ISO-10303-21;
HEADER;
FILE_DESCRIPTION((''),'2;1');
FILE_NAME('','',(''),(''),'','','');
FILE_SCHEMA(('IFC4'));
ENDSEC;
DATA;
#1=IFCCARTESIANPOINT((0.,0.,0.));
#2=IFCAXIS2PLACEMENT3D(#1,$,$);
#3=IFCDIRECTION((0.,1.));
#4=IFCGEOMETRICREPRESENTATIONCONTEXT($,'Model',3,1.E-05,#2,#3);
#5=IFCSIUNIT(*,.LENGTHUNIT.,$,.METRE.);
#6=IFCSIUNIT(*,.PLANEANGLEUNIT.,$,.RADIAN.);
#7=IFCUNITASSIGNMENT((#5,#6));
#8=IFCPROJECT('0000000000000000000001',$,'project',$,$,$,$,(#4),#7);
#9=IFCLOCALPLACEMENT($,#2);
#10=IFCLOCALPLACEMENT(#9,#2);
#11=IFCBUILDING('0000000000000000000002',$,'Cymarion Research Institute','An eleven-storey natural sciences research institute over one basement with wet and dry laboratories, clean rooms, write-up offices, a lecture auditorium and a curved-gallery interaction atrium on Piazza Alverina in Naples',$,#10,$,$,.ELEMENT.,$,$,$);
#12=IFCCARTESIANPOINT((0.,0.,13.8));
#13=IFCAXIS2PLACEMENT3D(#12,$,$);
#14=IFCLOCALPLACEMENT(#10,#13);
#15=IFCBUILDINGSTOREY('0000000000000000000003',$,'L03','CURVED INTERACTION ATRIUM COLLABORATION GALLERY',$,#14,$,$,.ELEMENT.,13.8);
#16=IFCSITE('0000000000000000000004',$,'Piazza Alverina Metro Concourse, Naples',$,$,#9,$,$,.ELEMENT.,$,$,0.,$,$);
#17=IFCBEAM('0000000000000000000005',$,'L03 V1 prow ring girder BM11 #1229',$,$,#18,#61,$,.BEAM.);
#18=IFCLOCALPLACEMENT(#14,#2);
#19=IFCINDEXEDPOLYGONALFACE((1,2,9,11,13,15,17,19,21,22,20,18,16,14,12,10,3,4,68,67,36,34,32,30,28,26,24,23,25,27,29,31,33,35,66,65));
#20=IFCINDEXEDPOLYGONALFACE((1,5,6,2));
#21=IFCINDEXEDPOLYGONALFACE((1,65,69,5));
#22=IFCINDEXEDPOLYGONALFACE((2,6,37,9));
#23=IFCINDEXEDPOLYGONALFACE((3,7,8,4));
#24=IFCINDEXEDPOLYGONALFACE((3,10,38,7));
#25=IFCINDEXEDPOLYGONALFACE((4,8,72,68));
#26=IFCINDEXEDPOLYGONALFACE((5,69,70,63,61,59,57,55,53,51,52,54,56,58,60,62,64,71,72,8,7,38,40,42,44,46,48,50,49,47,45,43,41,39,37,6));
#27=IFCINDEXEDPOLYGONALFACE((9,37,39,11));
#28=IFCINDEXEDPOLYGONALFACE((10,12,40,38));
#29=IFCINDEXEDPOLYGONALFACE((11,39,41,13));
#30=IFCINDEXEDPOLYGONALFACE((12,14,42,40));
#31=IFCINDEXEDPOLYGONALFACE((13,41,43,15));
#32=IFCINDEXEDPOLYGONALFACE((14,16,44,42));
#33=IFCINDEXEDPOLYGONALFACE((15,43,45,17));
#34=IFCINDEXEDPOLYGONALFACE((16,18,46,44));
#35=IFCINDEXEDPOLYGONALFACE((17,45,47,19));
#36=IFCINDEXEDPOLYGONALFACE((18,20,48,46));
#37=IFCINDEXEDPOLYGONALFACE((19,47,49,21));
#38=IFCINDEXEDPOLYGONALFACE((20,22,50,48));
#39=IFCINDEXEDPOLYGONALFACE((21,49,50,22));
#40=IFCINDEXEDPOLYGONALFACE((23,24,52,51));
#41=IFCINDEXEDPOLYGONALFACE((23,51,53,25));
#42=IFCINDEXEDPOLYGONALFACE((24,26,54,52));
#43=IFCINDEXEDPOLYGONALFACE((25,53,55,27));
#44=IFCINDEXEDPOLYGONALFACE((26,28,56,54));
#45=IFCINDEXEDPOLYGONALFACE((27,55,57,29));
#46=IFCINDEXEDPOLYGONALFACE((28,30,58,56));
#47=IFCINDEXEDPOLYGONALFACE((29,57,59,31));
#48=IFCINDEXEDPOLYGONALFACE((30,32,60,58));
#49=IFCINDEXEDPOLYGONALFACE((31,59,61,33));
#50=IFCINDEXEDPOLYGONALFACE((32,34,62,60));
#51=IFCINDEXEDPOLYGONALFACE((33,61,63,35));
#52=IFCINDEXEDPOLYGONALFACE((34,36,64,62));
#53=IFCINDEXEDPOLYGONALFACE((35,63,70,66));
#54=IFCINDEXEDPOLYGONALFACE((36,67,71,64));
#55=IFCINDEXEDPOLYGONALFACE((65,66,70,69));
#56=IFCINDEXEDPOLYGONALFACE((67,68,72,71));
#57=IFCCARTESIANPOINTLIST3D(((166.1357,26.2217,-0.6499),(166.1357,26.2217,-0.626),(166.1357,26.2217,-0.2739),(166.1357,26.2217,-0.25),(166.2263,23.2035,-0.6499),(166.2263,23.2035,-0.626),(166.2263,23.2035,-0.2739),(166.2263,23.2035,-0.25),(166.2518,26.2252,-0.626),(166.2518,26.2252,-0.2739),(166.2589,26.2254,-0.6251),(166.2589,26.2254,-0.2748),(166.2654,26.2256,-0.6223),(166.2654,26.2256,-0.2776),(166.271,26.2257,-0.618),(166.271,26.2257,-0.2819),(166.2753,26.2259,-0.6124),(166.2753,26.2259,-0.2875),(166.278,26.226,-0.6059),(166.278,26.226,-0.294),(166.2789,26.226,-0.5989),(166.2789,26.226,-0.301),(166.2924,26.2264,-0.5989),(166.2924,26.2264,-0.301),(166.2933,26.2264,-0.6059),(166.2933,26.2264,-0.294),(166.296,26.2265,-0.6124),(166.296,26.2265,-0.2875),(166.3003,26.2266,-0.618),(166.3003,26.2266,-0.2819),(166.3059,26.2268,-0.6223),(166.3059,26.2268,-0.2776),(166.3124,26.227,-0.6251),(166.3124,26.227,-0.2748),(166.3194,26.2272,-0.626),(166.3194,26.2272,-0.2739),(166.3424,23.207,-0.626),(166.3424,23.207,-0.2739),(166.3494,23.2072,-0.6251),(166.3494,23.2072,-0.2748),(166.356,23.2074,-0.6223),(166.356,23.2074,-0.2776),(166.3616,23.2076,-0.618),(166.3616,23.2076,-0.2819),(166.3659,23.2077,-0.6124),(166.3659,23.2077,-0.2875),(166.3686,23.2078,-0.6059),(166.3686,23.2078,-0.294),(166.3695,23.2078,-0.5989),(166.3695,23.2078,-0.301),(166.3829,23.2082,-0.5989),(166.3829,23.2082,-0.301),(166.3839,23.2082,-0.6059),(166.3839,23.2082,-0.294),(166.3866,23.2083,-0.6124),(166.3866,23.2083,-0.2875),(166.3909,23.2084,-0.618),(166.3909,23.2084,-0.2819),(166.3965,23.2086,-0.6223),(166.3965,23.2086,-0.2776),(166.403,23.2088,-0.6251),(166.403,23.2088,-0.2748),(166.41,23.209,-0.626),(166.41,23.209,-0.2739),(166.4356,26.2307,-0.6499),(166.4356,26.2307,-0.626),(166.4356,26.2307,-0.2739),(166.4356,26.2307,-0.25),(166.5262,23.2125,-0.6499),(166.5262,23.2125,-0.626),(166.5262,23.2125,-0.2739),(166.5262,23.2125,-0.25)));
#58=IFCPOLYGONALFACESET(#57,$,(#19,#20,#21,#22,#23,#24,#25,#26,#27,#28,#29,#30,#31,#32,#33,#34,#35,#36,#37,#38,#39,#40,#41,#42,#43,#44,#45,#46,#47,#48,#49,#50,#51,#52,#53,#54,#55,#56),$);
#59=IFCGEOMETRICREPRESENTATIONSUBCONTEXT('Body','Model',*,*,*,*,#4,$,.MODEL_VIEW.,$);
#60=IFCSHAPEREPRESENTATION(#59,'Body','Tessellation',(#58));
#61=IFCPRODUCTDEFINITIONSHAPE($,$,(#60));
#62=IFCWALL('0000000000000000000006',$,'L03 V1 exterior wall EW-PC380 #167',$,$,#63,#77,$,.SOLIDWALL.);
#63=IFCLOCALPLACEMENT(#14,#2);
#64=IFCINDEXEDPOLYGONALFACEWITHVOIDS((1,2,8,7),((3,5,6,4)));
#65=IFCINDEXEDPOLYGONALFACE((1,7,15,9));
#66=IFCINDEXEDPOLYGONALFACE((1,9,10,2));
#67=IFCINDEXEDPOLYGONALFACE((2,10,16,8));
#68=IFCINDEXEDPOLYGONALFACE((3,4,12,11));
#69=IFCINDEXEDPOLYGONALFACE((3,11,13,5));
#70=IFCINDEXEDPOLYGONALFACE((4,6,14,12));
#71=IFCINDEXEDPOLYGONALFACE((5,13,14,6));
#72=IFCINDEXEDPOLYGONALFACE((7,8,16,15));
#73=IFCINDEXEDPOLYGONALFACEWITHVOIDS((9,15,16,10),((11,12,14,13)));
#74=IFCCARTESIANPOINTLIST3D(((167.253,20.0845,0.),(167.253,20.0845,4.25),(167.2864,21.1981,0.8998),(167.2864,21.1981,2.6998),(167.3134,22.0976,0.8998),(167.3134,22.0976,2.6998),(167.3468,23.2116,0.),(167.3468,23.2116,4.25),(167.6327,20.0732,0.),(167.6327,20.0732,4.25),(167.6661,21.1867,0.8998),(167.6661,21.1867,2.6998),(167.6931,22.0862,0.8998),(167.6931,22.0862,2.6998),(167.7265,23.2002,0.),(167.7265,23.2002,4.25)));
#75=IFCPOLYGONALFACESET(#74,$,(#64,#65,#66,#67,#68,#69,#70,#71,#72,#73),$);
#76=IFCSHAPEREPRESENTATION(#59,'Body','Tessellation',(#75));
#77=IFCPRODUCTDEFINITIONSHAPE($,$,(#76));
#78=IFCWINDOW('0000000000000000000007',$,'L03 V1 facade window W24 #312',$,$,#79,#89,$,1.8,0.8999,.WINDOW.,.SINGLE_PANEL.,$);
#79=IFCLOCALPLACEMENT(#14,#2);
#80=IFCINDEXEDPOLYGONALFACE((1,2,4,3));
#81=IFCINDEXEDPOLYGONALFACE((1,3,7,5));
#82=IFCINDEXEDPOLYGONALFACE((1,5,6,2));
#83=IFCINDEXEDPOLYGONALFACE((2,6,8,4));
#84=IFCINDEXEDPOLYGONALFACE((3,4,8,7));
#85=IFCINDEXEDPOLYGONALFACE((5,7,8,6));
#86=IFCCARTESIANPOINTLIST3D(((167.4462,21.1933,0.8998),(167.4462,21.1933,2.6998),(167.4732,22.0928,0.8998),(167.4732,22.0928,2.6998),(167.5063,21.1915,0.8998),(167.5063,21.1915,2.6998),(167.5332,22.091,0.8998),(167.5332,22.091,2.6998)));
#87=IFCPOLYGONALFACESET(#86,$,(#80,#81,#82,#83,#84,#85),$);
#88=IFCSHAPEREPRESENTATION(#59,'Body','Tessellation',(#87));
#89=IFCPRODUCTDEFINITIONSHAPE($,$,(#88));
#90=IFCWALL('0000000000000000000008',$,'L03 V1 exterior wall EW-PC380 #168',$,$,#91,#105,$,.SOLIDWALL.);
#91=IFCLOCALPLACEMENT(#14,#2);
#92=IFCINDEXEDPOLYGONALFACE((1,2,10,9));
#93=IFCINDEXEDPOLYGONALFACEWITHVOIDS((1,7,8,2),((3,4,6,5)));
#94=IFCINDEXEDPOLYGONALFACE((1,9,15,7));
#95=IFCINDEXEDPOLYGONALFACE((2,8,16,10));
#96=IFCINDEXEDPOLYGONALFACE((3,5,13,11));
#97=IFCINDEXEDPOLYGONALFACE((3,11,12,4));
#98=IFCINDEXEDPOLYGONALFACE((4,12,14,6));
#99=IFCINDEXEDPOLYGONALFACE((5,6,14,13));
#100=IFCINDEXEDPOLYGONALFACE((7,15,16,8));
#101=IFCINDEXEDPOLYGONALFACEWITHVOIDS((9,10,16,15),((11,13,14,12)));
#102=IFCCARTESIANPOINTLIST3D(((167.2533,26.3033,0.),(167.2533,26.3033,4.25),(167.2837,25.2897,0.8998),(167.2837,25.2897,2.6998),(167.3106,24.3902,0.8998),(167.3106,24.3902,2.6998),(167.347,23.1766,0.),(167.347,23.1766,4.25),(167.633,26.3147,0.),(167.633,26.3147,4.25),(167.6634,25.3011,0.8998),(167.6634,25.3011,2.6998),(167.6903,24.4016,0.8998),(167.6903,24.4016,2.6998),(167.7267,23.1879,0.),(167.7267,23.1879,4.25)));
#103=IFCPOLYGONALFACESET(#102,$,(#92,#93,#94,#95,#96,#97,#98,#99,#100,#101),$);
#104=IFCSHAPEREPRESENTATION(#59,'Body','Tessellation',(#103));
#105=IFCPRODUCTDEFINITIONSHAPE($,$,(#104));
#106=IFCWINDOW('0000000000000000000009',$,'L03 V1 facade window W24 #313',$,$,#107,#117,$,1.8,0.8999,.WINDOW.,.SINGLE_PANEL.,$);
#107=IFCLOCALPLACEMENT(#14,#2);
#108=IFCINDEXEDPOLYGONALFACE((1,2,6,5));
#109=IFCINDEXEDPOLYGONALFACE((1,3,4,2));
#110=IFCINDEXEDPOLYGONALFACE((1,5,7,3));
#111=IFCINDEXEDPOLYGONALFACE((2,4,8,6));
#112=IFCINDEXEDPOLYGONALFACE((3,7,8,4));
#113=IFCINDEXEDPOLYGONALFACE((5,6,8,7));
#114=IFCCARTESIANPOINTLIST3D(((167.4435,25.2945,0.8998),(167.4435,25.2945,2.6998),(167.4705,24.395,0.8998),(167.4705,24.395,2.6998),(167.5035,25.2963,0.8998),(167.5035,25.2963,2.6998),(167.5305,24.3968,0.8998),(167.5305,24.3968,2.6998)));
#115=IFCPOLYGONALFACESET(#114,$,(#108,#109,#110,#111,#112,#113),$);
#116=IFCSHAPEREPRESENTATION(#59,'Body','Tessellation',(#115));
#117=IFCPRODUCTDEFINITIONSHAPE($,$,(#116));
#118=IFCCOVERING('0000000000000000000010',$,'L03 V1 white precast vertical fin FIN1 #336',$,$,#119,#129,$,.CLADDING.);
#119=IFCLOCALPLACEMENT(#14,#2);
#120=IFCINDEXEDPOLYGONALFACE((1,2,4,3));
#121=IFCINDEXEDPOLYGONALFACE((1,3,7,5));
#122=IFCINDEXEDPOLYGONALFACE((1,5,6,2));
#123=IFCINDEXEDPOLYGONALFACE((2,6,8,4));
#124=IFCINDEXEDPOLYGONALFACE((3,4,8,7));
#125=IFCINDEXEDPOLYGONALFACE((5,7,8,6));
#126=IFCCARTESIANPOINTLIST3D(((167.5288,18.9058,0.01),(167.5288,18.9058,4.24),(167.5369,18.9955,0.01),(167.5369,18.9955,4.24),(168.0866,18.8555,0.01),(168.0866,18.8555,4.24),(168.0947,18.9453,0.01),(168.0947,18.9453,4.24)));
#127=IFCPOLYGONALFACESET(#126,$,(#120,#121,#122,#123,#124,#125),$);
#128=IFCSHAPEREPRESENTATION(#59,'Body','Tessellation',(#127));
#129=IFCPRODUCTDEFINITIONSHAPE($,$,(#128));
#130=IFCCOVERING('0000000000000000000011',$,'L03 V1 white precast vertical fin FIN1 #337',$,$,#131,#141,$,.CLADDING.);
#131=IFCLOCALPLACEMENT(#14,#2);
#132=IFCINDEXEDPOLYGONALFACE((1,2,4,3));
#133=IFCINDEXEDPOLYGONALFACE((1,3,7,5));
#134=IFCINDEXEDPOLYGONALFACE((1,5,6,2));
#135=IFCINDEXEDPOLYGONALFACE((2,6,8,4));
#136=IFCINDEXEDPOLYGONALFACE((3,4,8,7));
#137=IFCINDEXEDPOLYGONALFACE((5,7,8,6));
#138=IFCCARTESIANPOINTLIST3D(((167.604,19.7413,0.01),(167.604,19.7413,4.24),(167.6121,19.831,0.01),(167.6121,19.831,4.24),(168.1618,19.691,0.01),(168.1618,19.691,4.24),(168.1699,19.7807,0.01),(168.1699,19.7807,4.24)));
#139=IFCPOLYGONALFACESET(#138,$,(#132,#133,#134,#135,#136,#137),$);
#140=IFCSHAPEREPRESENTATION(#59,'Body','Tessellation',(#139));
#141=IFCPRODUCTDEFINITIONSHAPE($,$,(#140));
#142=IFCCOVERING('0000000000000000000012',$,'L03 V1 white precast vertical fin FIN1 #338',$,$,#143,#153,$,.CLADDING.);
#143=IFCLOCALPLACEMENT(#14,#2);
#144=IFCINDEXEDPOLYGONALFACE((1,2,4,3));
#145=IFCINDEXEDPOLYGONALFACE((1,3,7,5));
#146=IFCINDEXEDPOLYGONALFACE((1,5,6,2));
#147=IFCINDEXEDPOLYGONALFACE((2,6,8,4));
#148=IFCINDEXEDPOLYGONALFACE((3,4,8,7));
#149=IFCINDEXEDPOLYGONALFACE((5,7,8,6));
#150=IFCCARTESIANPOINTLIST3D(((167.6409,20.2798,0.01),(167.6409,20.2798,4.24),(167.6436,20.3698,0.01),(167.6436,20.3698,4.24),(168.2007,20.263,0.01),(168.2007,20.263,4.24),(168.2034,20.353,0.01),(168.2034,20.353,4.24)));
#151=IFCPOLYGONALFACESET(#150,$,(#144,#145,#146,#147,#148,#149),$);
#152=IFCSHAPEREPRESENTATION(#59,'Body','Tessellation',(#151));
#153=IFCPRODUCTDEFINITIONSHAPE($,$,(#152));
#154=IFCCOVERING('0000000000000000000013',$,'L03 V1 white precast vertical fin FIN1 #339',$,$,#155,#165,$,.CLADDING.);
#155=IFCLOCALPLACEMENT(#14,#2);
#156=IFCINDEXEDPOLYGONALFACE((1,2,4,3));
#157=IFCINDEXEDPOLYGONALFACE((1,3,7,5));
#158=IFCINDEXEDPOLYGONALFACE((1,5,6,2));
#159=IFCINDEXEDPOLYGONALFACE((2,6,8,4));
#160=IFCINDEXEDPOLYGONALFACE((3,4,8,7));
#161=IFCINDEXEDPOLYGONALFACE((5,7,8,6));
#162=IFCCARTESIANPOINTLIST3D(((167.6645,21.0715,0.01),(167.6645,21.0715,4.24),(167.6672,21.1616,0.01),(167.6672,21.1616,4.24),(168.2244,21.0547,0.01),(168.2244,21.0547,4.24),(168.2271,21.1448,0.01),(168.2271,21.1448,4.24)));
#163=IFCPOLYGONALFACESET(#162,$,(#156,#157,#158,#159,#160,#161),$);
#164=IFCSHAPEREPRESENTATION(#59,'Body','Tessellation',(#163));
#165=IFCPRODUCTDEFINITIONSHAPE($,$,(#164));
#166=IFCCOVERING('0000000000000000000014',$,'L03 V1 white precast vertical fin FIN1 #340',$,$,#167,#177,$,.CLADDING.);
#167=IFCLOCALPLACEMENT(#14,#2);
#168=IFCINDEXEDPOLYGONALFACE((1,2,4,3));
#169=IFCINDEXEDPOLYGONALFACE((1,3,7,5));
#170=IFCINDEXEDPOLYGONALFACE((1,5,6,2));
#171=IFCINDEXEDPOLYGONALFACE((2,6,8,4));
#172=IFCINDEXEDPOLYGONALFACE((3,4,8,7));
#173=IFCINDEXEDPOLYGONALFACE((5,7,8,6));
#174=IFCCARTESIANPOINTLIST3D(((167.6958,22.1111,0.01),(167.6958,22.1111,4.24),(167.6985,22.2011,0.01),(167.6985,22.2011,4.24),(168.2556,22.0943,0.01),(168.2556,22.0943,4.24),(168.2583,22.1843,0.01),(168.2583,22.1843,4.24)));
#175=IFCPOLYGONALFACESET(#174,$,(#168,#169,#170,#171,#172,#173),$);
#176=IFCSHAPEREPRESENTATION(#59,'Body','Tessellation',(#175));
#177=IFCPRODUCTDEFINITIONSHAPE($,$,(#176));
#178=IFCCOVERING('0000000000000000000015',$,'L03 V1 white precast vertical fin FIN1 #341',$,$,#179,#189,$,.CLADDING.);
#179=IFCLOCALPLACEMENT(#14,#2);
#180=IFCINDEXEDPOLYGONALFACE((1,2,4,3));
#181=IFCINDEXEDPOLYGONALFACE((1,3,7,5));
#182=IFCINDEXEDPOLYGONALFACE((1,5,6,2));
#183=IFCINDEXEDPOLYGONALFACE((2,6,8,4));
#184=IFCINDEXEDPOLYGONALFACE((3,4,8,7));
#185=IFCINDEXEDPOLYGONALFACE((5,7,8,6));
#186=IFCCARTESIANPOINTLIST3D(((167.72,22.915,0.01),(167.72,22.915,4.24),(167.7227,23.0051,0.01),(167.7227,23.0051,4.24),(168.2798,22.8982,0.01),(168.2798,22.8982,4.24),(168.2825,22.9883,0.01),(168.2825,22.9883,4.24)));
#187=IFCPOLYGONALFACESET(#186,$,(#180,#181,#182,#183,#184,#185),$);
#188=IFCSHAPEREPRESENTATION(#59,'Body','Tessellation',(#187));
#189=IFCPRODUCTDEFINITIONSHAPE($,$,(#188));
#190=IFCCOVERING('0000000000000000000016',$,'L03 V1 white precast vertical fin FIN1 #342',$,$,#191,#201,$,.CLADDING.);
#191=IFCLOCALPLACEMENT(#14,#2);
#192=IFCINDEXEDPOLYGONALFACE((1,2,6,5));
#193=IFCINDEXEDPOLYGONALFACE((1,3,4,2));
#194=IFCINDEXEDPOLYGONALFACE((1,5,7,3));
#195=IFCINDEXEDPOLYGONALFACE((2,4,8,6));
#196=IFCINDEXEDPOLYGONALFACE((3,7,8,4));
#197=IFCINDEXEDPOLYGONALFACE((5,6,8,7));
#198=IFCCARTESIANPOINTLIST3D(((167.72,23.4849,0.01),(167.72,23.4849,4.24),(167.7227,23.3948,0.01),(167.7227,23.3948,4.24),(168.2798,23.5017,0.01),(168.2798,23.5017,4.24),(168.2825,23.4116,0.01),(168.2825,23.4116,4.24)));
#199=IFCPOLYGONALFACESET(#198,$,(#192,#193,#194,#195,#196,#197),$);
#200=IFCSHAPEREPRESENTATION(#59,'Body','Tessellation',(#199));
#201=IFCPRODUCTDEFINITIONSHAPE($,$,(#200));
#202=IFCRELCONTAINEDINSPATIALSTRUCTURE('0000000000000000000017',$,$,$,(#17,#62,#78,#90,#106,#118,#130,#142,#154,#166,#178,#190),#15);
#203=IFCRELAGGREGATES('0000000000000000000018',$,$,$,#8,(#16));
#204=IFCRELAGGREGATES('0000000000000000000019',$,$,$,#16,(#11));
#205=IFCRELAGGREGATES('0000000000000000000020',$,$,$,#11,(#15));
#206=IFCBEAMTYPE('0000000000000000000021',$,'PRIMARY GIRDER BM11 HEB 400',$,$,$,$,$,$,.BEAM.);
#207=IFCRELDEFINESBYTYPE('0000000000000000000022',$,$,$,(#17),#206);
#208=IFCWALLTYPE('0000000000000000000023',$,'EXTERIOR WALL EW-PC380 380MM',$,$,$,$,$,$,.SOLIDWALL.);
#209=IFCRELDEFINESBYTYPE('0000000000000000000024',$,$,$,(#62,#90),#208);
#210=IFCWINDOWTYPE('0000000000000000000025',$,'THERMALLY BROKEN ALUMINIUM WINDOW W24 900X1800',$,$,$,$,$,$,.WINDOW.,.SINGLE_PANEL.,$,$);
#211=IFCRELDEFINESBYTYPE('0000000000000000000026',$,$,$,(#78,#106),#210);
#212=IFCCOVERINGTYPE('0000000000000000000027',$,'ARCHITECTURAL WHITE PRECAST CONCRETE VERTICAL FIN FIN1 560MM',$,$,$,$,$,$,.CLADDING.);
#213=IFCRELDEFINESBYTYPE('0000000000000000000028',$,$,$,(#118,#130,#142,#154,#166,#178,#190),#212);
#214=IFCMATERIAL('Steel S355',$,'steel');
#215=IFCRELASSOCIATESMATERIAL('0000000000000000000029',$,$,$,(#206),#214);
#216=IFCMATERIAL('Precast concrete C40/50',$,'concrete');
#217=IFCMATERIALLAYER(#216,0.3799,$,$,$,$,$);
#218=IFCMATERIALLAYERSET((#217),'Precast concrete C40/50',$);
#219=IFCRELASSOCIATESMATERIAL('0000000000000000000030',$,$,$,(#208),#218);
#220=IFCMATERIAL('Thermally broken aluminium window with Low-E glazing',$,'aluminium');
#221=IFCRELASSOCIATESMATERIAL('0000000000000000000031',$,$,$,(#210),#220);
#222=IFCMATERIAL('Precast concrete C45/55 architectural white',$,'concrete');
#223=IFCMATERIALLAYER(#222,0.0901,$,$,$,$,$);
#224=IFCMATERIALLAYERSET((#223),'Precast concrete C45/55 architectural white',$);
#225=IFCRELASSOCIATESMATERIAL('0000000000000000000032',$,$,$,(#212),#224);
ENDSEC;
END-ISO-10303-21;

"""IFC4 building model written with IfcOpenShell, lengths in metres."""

from ifc_helpers import new_model, si_unit, direction, frame, frame_2d, origin, origin_2d, place, context, subcontext, project, spatial, rectangle, i_section, extrude, material, layer, layer_set, material_profile, profile_set, type_object, element, fill, save


model = new_model("IFC4")

# Units and contexts
model_context = context("Model", 3, precision=1e-05, world=origin(), true_north=direction((0.0, 1.0)))
body_context = subcontext(model_context, "Body", "Model", "MODEL_VIEW")
ifc_project = project(units=[si_unit("LENGTHUNIT", "METRE"), si_unit("PLANEANGLEUNIT", "RADIAN")], contexts=[model_context])

# Site, building, storey
site_placement = place(None, origin())
site = spatial("IfcSite", under=ifc_project, at=site_placement, Name="Piazza Alverina Metro Concourse, Naples", CompositionType="ELEMENT", RefElevation=0.0)
building_placement = place(site_placement, origin())
building = spatial("IfcBuilding", under=site, at=building_placement, Name="Cymarion Research Institute", Description="An eleven-storey natural sciences research institute over one basement with wet and dry laboratories, clean rooms, write-up offices, a lecture auditorium and a curved-gallery interaction atrium on Piazza Alverina in Naples", CompositionType="ELEMENT")
storey_placement = place(building_placement, frame((0.0, 0.0, 13.8)))
storey = spatial("IfcBuildingStorey", under=building, at=storey_placement, Name="L03", Description="CURVED INTERACTION ATRIUM COLLABORATION GALLERY", CompositionType="ELEMENT", Elevation=13.8)

# Shared definitions
ifc_material_1 = material(Name="Steel S355", Category="steel")

# Beam
ifc_material_profile_1 = material_profile(ifc_material_1, i_section(OverallWidth=0.3, OverallDepth=0.3999, WebThickness=0.0134, FlangeThickness=0.0239, FilletRadius=0.0271, at=origin_2d()), Name="HEB 400")
ifc_profile_set_1 = profile_set([ifc_material_profile_1], Name="Steel S355")
beam_type = type_object("IfcBeamType", Name="PRIMARY GIRDER BM11 HEB 400", PredefinedType="BEAM", material=ifc_profile_set_1)
beam_1_placement = place(storey_placement, frame((166.3762, 23.208, -0.45), z_axis=(-0.029998, 0.99955, 0.0), x_axis=(-0.99955, -0.029998, 0.0)))
element("IfcBeam", 1, at=beam_1_placement, inside=storey, type_object=beam_type, Name="L03 V1 prow ring girder BM11 #1229", PredefinedType="BEAM", context=body_context, shape_type="SweptSolid", body=[
    extrude(i_section(OverallWidth=0.3, OverallDepth=0.3999, WebThickness=0.0134, FlangeThickness=0.0239, FilletRadius=0.0271, at=origin_2d()), origin(), (0.0, 0.0, 1.0), 3.0195),
])

# Walls, openings, windows
ifc_material_2 = material(Name="Precast concrete C40/50", Category="concrete")
ifc_layer_1 = layer(ifc_material_2, 0.3799)
ifc_layer_set_1 = layer_set([ifc_layer_1], Name="Precast concrete C40/50")
wall_type = type_object("IfcWallType", Name="EXTERIOR WALL EW-PC380 380MM", PredefinedType="SOLIDWALL", material=ifc_layer_set_1)
wall_1_placement = place(storey_placement, frame((167.4429, 20.0789, 0.0), z_axis=(0.0, 0.0, 1.0), x_axis=(0.029968, 0.999551, 0.0)))
wall_1 = element("IfcWall", 2, at=wall_1_placement, inside=storey, type_object=wall_type, Name="L03 V1 exterior wall EW-PC380 #167", PredefinedType="SOLIDWALL", context=body_context, shape_type="SweptSolid", body=[
    extrude(rectangle(XDim=3.1284, YDim=0.3799, at=frame_2d((1.5642, 0.0))), origin(), (0.0, 0.0, 1.0), 4.25),
])
opening_1_placement = place(wall_1_placement, frame((1.114, 0.0, 0.8999)))
opening_1 = element("IfcOpeningElement", 3, at=opening_1_placement, cuts=wall_1, PredefinedType="OPENING", context=body_context, shape_type="SweptSolid", body=[
    extrude(rectangle(XDim=0.8999, YDim=1.8, at=frame_2d((0.45, 0.8999))), frame((0.0, 0.2, 0.0), z_axis=(0.0, -1.0, 0.0), x_axis=(1.0, 0.0, 0.0)), (0.0, 0.0, 1.0), 0.3999),
])
ifc_material_3 = material(Name="Thermally broken aluminium window with Low-E glazing", Category="aluminium")
window_type = type_object("IfcWindowType", Name="THERMALLY BROKEN ALUMINIUM WINDOW W24 900X1800", PartitioningType="SINGLE_PANEL", PredefinedType="WINDOW", material=ifc_material_3)
window_1_placement = place(opening_1_placement, origin())
window_1 = element("IfcWindow", 4, at=window_1_placement, inside=storey, type_object=window_type, Name="L03 V1 facade window W24 #312", OverallHeight=1.8, OverallWidth=0.8999, PartitioningType="SINGLE_PANEL", PredefinedType="WINDOW", context=body_context, shape_type="SweptSolid", body=[
    extrude(rectangle(XDim=0.8999, YDim=1.8, at=frame_2d((0.45, 0.8999))), frame((0.0, 0.03, 0.0), z_axis=(0.0, -1.0, 0.0), x_axis=(1.0, 0.0, 0.0)), (0.0, 0.0, 1.0), 0.0601),
])
fill(opening_1, window_1)
wall_2_placement = place(storey_placement, frame((167.5369, 23.1824, 0.0), z_axis=(0.0, 0.0, 1.0), x_axis=(-0.02997, 0.999551, 0.0)))
wall_2 = element("IfcWall", 5, at=wall_2_placement, inside=storey, type_object=wall_type, Name="L03 V1 exterior wall EW-PC380 #168", PredefinedType="SOLIDWALL", context=body_context, shape_type="SweptSolid", body=[
    extrude(rectangle(XDim=3.1282, YDim=0.3799, at=frame_2d((1.564, 0.0))), origin(), (0.0, 0.0, 1.0), 4.25),
])
opening_2_placement = place(wall_2_placement, frame((1.2141, 0.0, 0.8999)))
opening_2 = element("IfcOpeningElement", 6, at=opening_2_placement, cuts=wall_2, PredefinedType="OPENING", context=body_context, shape_type="SweptSolid", body=[
    extrude(rectangle(XDim=0.8999, YDim=1.8, at=frame_2d((0.45, 0.8999))), frame((0.0, 0.2, 0.0), z_axis=(0.0, -1.0, 0.0), x_axis=(1.0, 0.0, 0.0)), (0.0, 0.0, 1.0), 0.3999),
])
window_2_placement = place(opening_2_placement, origin())
window_2 = element("IfcWindow", 7, at=window_2_placement, inside=storey, type_object=window_type, Name="L03 V1 facade window W24 #313", OverallHeight=1.8, OverallWidth=0.8999, PartitioningType="SINGLE_PANEL", PredefinedType="WINDOW", context=body_context, shape_type="SweptSolid", body=[
    extrude(rectangle(XDim=0.8999, YDim=1.8, at=frame_2d((0.45, 0.8999))), frame((0.0, 0.03, 0.0), z_axis=(0.0, -1.0, 0.0), x_axis=(1.0, 0.0, 0.0)), (0.0, 0.0, 1.0), 0.0601),
])
fill(opening_2, window_2)

# Coverings
ifc_material_4 = material(Name="Precast concrete C45/55 architectural white", Category="concrete")
ifc_layer_2 = layer(ifc_material_4, 0.0901)
ifc_layer_set_2 = layer_set([ifc_layer_2], Name="Precast concrete C45/55 architectural white")
covering_type = type_object("IfcCoveringType", Name="ARCHITECTURAL WHITE PRECAST CONCRETE VERTICAL FIN FIN1 560MM", PredefinedType="CLADDING", material=ifc_layer_set_2)
for number, where, z_axis, x_axis, name in (
    (8, (167.8118, 18.9255, 0.01), (0.0, 0.0, 1.0), (0.995963, -0.089763, 0.0), "L03 V1 white precast vertical fin FIN1 #336"),
    (9, (167.887, 19.761, 0.01), (0.0, 0.0, 1.0), (0.995963, -0.089763, 0.0), "L03 V1 white precast vertical fin FIN1 #337"),
    (10, (167.9221, 20.3164, 0.01), (0.0, 0.0, 1.0), (0.999549, -0.030015, 0.0), "L03 V1 white precast vertical fin FIN1 #338"),
    (11, (167.9458, 21.1082, 0.01), (0.0, 0.0, 1.0), (0.999549, -0.030015, 0.0), "L03 V1 white precast vertical fin FIN1 #339"),
    (12, (167.9771, 22.1477, 0.01), (0.0, 0.0, 1.0), (0.999549, -0.030015, 0.0), "L03 V1 white precast vertical fin FIN1 #340"),
    (13, (168.0012, 22.9517, 0.01), (0.0, 0.0, 1.0), (0.999549, -0.030015, 0.0), "L03 V1 white precast vertical fin FIN1 #341"),
    (14, (168.0012, 23.4482, 0.01), (0.0, 0.0, 1.0), (0.999549, 0.030015, 0.0), "L03 V1 white precast vertical fin FIN1 #342"),
):
    element("IfcCovering", number, at=place(storey_placement, frame(where, z_axis=z_axis, x_axis=x_axis)), inside=storey, type_object=covering_type, Name=name, PredefinedType="CLADDING", context=body_context, shape_type="SweptSolid", body=[
        extrude(rectangle(XDim=0.5601, YDim=0.0901, at=origin_2d()), origin(), (0.0, 0.0, 1.0), 4.23),
    ])

save(model, "model.ifc")
